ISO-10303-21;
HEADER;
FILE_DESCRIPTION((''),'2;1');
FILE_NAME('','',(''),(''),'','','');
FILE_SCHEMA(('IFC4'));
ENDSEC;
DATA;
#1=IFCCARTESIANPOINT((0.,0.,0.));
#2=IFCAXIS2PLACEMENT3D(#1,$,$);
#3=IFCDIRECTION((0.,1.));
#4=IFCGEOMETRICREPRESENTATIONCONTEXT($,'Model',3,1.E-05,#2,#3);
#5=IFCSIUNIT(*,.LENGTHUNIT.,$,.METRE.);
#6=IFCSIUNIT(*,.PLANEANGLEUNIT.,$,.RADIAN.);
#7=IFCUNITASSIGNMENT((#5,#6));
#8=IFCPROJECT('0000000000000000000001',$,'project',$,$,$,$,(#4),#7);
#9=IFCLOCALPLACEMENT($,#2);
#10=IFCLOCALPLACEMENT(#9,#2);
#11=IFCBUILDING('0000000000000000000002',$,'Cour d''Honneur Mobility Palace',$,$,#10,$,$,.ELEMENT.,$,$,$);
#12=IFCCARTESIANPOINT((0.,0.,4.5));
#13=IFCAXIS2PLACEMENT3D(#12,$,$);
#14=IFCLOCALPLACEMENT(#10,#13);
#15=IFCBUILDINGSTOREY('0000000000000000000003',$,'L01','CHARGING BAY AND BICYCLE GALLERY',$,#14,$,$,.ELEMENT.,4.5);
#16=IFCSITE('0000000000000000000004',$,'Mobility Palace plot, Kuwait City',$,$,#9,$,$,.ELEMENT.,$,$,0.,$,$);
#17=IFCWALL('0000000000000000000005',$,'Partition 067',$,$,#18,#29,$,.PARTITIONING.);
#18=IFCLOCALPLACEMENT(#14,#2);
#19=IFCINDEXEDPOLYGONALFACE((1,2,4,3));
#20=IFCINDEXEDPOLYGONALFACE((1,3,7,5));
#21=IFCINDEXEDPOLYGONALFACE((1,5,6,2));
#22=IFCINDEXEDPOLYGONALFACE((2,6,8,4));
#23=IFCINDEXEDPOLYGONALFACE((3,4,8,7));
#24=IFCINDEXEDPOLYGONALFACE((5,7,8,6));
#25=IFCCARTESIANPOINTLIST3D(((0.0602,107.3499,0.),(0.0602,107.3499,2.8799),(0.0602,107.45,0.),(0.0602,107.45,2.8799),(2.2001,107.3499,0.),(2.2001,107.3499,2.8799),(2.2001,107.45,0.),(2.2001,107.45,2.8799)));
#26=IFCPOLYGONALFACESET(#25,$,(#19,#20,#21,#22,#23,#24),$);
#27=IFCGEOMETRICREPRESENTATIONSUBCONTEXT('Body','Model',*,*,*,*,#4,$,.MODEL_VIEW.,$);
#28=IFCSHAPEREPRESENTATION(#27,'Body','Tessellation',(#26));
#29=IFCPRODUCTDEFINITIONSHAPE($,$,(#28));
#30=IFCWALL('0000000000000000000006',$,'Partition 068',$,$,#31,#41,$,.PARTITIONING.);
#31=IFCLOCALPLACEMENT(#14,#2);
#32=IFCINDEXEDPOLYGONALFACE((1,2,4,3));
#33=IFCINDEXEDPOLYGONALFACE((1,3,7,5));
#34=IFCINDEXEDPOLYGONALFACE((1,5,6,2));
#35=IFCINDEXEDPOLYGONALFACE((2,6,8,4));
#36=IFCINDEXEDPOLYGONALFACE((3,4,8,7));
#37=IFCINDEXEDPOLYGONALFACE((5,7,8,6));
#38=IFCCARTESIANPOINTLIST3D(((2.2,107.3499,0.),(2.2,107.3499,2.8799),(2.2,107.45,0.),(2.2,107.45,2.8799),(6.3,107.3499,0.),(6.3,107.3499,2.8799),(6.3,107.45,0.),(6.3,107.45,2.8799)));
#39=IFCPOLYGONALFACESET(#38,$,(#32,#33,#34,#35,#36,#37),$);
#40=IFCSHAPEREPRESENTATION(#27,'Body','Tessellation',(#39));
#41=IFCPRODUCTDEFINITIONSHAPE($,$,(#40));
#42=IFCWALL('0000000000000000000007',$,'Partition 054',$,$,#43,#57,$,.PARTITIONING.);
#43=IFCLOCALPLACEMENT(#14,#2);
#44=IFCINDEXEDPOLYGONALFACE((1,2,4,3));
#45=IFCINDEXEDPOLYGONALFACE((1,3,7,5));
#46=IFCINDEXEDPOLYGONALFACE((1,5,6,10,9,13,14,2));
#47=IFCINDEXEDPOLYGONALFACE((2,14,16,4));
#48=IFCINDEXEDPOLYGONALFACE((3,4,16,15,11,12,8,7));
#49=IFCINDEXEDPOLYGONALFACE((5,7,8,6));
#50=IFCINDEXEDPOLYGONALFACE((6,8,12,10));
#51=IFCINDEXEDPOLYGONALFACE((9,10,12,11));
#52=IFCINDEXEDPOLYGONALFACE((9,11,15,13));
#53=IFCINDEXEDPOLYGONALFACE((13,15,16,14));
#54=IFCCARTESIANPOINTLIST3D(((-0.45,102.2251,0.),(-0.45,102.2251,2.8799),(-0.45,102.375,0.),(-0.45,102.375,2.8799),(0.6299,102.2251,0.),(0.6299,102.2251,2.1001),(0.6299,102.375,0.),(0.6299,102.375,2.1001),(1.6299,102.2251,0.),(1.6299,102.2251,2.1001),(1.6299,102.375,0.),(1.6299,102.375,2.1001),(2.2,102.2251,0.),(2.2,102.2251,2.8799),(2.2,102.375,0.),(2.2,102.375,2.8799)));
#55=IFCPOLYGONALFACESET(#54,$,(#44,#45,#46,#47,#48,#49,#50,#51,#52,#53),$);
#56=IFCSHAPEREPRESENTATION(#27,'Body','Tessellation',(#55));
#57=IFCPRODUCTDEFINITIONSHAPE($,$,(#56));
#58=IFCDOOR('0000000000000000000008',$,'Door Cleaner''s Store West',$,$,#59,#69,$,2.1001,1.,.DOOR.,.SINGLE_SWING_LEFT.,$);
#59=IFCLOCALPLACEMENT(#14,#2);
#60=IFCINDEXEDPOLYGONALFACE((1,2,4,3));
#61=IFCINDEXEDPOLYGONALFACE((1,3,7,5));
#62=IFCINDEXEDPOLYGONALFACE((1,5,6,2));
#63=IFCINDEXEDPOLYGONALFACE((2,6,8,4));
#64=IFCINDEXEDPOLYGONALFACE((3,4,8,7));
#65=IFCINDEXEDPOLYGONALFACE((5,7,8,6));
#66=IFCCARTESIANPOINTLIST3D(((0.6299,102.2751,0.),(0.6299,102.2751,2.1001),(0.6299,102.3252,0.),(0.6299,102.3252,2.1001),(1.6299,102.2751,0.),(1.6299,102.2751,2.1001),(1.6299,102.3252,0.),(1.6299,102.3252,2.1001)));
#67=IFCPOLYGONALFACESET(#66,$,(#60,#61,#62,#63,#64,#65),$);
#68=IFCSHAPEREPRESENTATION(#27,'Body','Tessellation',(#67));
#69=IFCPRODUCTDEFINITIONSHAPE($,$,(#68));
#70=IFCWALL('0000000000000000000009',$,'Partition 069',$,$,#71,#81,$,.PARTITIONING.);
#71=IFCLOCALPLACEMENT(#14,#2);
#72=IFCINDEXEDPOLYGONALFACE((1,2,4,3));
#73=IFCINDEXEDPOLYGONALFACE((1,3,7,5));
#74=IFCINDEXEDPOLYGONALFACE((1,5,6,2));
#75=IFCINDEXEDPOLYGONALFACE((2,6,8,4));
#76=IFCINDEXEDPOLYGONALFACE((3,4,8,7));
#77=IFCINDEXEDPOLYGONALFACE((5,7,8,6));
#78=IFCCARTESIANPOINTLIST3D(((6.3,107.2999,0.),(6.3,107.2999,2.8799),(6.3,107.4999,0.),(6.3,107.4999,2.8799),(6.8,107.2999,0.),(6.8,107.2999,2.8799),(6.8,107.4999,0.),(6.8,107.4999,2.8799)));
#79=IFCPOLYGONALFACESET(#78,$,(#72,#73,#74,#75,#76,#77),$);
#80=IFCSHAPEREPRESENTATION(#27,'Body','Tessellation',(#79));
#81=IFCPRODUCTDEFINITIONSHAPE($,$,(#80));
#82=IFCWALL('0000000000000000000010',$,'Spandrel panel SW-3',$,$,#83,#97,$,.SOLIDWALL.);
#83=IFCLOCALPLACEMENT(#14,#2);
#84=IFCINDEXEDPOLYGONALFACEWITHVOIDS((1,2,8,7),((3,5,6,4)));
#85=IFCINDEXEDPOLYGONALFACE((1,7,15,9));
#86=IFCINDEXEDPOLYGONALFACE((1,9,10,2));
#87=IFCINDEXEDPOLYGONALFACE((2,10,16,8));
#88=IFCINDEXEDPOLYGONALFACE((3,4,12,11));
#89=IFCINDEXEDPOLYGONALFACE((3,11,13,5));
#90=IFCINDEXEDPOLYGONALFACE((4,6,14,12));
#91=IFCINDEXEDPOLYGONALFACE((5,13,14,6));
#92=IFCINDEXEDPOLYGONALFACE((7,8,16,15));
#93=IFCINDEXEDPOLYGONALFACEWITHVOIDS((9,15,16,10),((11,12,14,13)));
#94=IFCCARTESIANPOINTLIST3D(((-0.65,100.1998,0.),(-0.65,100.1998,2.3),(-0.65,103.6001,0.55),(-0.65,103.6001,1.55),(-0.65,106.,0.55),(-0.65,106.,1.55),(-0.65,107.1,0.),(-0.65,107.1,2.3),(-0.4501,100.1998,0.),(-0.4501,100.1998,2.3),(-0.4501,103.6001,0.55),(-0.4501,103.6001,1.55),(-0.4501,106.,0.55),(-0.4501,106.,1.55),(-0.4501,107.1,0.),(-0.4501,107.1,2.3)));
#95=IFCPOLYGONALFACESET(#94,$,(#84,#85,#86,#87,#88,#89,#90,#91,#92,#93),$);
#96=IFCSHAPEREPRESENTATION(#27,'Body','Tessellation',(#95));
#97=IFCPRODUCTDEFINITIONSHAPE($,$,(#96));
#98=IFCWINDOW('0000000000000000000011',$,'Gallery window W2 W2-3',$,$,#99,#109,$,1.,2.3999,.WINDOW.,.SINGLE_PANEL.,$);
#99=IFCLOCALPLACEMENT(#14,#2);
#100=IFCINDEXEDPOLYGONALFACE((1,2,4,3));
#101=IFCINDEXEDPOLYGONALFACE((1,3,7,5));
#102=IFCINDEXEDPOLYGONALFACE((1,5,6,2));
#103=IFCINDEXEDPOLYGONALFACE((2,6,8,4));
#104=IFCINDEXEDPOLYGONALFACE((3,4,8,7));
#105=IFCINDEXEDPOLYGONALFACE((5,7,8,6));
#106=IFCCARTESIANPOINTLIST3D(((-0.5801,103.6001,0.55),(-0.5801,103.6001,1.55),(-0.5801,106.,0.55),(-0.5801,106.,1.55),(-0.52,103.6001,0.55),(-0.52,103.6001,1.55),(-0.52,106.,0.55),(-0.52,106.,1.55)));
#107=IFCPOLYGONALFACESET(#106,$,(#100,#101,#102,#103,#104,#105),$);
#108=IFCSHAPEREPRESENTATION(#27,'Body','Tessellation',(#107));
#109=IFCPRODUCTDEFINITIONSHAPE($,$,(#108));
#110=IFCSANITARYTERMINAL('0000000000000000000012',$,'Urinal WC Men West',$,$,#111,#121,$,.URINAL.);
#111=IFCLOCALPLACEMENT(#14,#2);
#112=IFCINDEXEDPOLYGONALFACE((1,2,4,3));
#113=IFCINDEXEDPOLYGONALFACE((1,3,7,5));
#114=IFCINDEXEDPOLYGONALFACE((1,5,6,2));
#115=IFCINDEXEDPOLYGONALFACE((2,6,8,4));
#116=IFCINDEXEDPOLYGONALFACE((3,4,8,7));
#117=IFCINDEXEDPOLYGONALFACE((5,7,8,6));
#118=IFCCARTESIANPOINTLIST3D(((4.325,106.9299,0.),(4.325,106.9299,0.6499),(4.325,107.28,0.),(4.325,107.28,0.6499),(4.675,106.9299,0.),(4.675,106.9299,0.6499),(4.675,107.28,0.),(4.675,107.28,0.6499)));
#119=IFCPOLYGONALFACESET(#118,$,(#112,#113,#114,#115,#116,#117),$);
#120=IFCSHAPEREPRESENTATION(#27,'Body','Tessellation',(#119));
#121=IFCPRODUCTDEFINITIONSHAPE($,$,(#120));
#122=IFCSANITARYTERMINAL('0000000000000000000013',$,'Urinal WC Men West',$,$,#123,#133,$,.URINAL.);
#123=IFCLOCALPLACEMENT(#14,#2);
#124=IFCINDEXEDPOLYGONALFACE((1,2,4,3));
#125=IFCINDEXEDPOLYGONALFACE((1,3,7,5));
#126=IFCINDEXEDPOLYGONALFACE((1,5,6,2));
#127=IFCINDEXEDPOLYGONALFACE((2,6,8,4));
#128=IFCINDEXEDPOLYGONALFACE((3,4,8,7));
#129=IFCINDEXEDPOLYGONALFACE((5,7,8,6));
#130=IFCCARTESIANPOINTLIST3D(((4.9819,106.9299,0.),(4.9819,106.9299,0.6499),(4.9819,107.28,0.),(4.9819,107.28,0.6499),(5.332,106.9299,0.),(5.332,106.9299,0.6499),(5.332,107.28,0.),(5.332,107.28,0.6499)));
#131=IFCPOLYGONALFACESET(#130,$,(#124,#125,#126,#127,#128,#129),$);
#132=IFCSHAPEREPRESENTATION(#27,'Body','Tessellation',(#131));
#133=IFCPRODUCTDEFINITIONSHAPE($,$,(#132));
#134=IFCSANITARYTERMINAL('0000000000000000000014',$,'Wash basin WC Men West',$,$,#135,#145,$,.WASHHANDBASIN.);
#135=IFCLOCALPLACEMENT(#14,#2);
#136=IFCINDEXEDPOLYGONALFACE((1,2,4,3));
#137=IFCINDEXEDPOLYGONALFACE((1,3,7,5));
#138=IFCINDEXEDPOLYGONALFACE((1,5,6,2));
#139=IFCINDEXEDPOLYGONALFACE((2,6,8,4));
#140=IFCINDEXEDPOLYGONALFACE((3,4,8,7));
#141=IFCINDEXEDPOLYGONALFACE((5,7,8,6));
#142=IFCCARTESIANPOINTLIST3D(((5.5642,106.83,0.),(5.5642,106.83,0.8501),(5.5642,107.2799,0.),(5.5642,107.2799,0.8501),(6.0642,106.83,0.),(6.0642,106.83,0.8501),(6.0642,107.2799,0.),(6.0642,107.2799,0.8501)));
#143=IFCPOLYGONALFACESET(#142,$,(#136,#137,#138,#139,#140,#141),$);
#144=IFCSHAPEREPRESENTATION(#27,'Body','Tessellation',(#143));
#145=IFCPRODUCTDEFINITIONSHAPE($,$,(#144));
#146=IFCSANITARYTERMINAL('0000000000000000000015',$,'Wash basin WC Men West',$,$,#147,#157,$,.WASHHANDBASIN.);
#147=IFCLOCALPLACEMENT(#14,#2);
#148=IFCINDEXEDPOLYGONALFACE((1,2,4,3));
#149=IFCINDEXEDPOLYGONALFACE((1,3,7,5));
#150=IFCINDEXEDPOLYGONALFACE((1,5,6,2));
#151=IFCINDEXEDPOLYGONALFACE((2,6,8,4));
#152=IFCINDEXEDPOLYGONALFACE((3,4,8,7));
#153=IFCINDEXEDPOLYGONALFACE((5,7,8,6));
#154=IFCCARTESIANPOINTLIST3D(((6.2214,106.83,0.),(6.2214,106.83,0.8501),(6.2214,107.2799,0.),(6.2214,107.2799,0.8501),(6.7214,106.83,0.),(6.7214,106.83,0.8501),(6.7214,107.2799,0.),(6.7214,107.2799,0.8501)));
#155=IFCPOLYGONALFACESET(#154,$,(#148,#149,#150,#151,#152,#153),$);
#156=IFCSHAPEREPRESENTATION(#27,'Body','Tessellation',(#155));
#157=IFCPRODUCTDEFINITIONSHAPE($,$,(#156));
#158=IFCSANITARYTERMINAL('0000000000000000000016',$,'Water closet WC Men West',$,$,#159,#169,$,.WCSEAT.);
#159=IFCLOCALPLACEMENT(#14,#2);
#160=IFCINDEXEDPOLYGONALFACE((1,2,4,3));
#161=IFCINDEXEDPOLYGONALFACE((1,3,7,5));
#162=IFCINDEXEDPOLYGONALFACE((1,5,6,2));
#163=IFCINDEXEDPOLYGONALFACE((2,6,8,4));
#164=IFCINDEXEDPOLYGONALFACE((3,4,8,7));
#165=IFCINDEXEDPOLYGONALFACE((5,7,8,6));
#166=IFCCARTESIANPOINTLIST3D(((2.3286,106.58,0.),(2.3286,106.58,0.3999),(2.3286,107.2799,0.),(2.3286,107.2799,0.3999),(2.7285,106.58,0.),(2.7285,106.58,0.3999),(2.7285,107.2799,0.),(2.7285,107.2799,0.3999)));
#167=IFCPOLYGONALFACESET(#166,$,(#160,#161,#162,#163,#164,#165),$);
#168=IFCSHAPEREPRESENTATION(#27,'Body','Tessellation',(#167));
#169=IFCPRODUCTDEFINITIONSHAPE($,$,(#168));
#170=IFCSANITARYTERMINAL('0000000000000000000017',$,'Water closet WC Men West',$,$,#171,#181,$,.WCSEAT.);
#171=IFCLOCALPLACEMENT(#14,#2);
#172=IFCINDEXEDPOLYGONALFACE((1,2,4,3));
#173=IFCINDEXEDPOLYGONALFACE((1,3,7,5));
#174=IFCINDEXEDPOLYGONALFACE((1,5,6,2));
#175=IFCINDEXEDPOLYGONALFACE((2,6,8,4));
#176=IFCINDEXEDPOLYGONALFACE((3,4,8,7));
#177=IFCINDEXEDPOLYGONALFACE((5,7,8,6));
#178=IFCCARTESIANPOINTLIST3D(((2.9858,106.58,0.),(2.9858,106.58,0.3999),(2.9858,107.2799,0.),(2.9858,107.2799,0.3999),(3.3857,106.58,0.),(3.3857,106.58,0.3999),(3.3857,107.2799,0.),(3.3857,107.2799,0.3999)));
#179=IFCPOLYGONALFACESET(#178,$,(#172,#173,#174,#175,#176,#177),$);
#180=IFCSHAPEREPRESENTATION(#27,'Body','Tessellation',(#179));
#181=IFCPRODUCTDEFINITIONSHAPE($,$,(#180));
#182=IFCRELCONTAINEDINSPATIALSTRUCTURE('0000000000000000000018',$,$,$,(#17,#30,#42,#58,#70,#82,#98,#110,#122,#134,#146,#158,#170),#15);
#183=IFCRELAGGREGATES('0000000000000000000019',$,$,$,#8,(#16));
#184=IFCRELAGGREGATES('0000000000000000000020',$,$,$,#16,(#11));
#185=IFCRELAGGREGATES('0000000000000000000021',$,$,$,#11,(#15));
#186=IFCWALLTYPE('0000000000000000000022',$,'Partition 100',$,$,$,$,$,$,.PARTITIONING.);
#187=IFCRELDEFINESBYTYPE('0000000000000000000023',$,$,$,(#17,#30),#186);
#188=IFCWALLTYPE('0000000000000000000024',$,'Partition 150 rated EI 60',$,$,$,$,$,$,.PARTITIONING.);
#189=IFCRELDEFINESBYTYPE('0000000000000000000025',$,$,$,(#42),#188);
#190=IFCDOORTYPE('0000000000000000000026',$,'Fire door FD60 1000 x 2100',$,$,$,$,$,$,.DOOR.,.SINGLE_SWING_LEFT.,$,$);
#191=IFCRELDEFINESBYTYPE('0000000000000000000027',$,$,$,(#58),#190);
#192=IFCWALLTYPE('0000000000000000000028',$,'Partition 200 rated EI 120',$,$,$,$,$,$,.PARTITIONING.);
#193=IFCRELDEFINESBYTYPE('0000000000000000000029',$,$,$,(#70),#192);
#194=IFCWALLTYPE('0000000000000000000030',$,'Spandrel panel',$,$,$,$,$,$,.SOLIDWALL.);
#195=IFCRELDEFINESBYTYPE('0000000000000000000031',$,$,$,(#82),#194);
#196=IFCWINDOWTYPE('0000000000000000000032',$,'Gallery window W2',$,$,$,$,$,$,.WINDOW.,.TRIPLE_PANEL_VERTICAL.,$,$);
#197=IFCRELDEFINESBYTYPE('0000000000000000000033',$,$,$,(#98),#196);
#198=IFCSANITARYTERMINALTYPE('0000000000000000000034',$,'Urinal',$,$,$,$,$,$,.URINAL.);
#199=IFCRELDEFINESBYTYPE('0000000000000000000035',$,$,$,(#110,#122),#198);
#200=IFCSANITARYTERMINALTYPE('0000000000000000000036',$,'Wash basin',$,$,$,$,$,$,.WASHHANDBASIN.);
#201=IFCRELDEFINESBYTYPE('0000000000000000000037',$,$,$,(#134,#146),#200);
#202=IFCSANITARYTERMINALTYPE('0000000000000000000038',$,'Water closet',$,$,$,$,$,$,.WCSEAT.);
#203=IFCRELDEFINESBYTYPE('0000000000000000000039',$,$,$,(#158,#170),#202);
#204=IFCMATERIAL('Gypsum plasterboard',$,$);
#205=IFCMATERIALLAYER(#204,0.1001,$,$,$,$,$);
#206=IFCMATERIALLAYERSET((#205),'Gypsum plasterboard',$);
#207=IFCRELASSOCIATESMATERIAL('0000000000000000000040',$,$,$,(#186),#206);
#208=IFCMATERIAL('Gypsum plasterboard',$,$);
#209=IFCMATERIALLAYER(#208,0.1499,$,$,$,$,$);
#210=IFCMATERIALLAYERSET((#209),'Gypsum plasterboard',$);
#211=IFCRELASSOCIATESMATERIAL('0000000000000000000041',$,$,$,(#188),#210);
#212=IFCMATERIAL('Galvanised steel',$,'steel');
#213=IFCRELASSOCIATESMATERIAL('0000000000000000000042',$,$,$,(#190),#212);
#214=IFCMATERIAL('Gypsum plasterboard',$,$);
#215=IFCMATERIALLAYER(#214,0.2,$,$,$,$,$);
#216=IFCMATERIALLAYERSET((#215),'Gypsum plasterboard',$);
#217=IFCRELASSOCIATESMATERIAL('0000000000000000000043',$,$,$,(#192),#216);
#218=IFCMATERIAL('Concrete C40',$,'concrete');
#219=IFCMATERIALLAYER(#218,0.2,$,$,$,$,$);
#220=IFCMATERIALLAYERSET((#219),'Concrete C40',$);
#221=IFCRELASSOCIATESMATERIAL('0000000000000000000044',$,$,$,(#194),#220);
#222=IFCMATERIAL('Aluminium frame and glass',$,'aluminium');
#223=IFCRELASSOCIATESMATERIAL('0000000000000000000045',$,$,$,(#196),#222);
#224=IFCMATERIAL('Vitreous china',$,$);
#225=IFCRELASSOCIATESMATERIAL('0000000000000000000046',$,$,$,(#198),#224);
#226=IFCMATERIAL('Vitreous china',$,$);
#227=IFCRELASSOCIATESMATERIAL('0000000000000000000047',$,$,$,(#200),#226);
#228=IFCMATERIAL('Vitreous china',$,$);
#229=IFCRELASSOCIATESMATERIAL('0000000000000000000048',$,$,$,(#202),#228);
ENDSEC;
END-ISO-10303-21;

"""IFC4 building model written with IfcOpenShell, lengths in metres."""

from ifc_helpers import new_model, si_unit, direction, frame, frame_2d, origin, origin_2d, place, context, subcontext, project, spatial, rectangle, extrude, material, layer, layer_set, type_object, element, fill, save


model = new_model("IFC4")

# Units and contexts
model_context = context("Model", 3, precision=1e-05, world=origin(), true_north=direction((0.0, 1.0)))
body_context = subcontext(model_context, "Body", "Model", "MODEL_VIEW")
ifc_project = project(units=[si_unit("LENGTHUNIT", "METRE"), si_unit("PLANEANGLEUNIT", "RADIAN")], contexts=[model_context])

# Site, building, storey
site_placement = place(None, origin())
site = spatial("IfcSite", under=ifc_project, at=site_placement, Name="Mobility Palace plot, Kuwait City", CompositionType="ELEMENT", RefElevation=0.0)
building_placement = place(site_placement, origin())
building = spatial("IfcBuilding", under=site, at=building_placement, Name="Cour d'Honneur Mobility Palace", CompositionType="ELEMENT")
storey_placement = place(building_placement, frame((0.0, 0.0, 4.5)))
storey = spatial("IfcBuildingStorey", under=building, at=storey_placement, Name="L01", Description="CHARGING BAY AND BICYCLE GALLERY", CompositionType="ELEMENT", Elevation=4.5)

# Shared definitions
ifc_material_1 = material(Name="Gypsum plasterboard")
ifc_layer_1 = layer(ifc_material_1, 0.1001)
ifc_layer_set_1 = layer_set([ifc_layer_1], Name="Gypsum plasterboard")
wall_type_1 = type_object("IfcWallType", Name="Partition 100", PredefinedType="PARTITIONING", material=ifc_layer_set_1)

# Walls
wall_1_placement = place(storey_placement, frame((2.2, 107.3999, 0.0), z_axis=(0.0, 0.0, 1.0), x_axis=(-1.0, 0.0, 0.0)))
element("IfcWall", 1, at=wall_1_placement, inside=storey, type_object=wall_type_1, Name="Partition 067", PredefinedType="PARTITIONING", context=body_context, shape_type="SweptSolid", body=[
    extrude(rectangle(XDim=2.1399, YDim=0.1001, at=frame_2d((1.0698, 0.0))), origin(), (0.0, 0.0, 1.0), 2.8799),
])
wall_2_placement = place(storey_placement, frame((6.3, 107.3999, 0.0), z_axis=(0.0, 0.0, 1.0), x_axis=(-1.0, 0.0, 0.0)))
element("IfcWall", 2, at=wall_2_placement, inside=storey, type_object=wall_type_1, Name="Partition 068", PredefinedType="PARTITIONING", context=body_context, shape_type="SweptSolid", body=[
    extrude(rectangle(XDim=4.1001, YDim=0.1001, at=frame_2d((2.05, 0.0))), origin(), (0.0, 0.0, 1.0), 2.8799),
])

# Wall, opening, door
ifc_material_2 = material(Name="Gypsum plasterboard")
ifc_layer_2 = layer(ifc_material_2, 0.1499)
ifc_layer_set_2 = layer_set([ifc_layer_2], Name="Gypsum plasterboard")
wall_type_2 = type_object("IfcWallType", Name="Partition 150 rated EI 60", PredefinedType="PARTITIONING", material=ifc_layer_set_2)
wall_3_placement = place(storey_placement, frame((2.2, 102.3, 0.0), z_axis=(0.0, 0.0, 1.0), x_axis=(-1.0, 0.0, 0.0)))
wall_3 = element("IfcWall", 3, at=wall_3_placement, inside=storey, type_object=wall_type_2, Name="Partition 054", PredefinedType="PARTITIONING", context=body_context, shape_type="SweptSolid", body=[
    extrude(rectangle(XDim=2.6499, YDim=0.1499, at=frame_2d((1.325, 0.0))), origin(), (0.0, 0.0, 1.0), 2.8799),
])
opening_1_placement = place(wall_3_placement, frame((0.5701, 0.0, 0.0)))
opening_1 = element("IfcOpeningElement", 4, at=opening_1_placement, cuts=wall_3, PredefinedType="OPENING", context=body_context, shape_type="SweptSolid", body=[
    extrude(rectangle(XDim=1.0, YDim=2.1001, at=frame_2d((0.5, 1.05))), frame((0.0, 0.085, 0.0), z_axis=(0.0, -1.0, 0.0), x_axis=(1.0, 0.0, 0.0)), (0.0, 0.0, 1.0), 0.1699),
])
ifc_material_3 = material(Name="Galvanised steel", Category="steel")
door_type_1 = type_object("IfcDoorType", Name="Fire door FD60 1000 x 2100", OperationType="SINGLE_SWING_LEFT", PredefinedType="DOOR", material=ifc_material_3)
door_1_placement = place(opening_1_placement, origin())
door_1 = element("IfcDoor", 5, at=door_1_placement, inside=storey, type_object=door_type_1, Name="Door Cleaner's Store West", OperationType="SINGLE_SWING_LEFT", OverallHeight=2.1001, OverallWidth=1.0, PredefinedType="DOOR", context=body_context, shape_type="SweptSolid", body=[
    extrude(rectangle(XDim=1.0, YDim=2.1001, at=frame_2d((0.5, 1.05))), frame((0.0, 0.0249, 0.0), z_axis=(0.0, -1.0, 0.0), x_axis=(1.0, 0.0, 0.0)), (0.0, 0.0, 1.0), 0.05),
])
fill(opening_1, door_1)

# Wall
ifc_material_4 = material(Name="Gypsum plasterboard")
ifc_layer_3 = layer(ifc_material_4, 0.2)
ifc_layer_set_3 = layer_set([ifc_layer_3], Name="Gypsum plasterboard")
wall_type_3 = type_object("IfcWallType", Name="Partition 200 rated EI 120", PredefinedType="PARTITIONING", material=ifc_layer_set_3)
wall_4_placement = place(storey_placement, frame((6.3, 107.3999, 0.0), z_axis=(0.0, 0.0, 1.0), x_axis=(1.0, 0.0, 0.0)))
element("IfcWall", 6, at=wall_4_placement, inside=storey, type_object=wall_type_3, Name="Partition 069", PredefinedType="PARTITIONING", context=body_context, shape_type="SweptSolid", body=[
    extrude(rectangle(XDim=0.5, YDim=0.2, at=frame_2d((0.25, 0.0))), origin(), (0.0, 0.0, 1.0), 2.8799),
])

# Wall, opening, window
ifc_material_5 = material(Name="Concrete C40", Category="concrete")
ifc_layer_4 = layer(ifc_material_5, 0.2)
ifc_layer_set_4 = layer_set([ifc_layer_4], Name="Concrete C40")
wall_type_4 = type_object("IfcWallType", Name="Spandrel panel", PredefinedType="SOLIDWALL", material=ifc_layer_set_4)
wall_5_placement = place(storey_placement, frame((-0.55, 107.1001, 0.0), z_axis=(0.0, 0.0, 1.0), x_axis=(0.0, -1.0, 0.0)))
wall_5 = element("IfcWall", 7, at=wall_5_placement, inside=storey, type_object=wall_type_4, Name="Spandrel panel SW-3", PredefinedType="SOLIDWALL", context=body_context, shape_type="SweptSolid", body=[
    extrude(rectangle(XDim=6.9001, YDim=0.2, at=frame_2d((3.4502, 0.0))), origin(), (0.0, 0.0, 1.0), 2.3),
])
opening_2_placement = place(wall_5_placement, frame((1.1001, 0.0, 0.55)))
opening_2 = element("IfcOpeningElement", 8, at=opening_2_placement, cuts=wall_5, PredefinedType="OPENING", context=body_context, shape_type="SweptSolid", body=[
    extrude(rectangle(XDim=2.3999, YDim=1.0, at=frame_2d((1.2, 0.5))), frame((0.0, 0.1099, 0.0), z_axis=(0.0, -1.0, 0.0), x_axis=(1.0, 0.0, 0.0)), (0.0, 0.0, 1.0), 0.22),
])
ifc_material_6 = material(Name="Aluminium frame and glass", Category="aluminium")
window_type = type_object("IfcWindowType", Name="Gallery window W2", PartitioningType="TRIPLE_PANEL_VERTICAL", PredefinedType="WINDOW", material=ifc_material_6)
window_placement = place(opening_2_placement, origin())
window = element("IfcWindow", 9, at=window_placement, inside=storey, type_object=window_type, Name="Gallery window W2 W2-3", OverallHeight=1.0, OverallWidth=2.3999, PartitioningType="SINGLE_PANEL", PredefinedType="WINDOW", context=body_context, shape_type="SweptSolid", body=[
    extrude(rectangle(XDim=2.3999, YDim=1.0, at=frame_2d((1.2, 0.5))), frame((0.0, 0.03, 0.0), z_axis=(0.0, -1.0, 0.0), x_axis=(1.0, 0.0, 0.0)), (0.0, 0.0, 1.0), 0.0601),
])
fill(opening_2, window)

# Sanitary terminals
ifc_material_7 = material(Name="Vitreous china")
sanitary_terminal_type_1 = type_object("IfcSanitaryTerminalType", Name="Urinal", PredefinedType="URINAL", material=ifc_material_7)
for number, where, z_axis, x_axis, name in (
    (10, (4.5, 107.105, 0.0), (0.0, 0.0, 1.0), (1.0, 0.0, 0.0), "Urinal WC Men West"),
    (11, (5.157, 107.105, 0.0), (0.0, 0.0, 1.0), (1.0, 0.0, 0.0), "Urinal WC Men West"),
):
    element("IfcSanitaryTerminal", number, at=place(storey_placement, frame(where, z_axis=z_axis, x_axis=x_axis)), inside=storey, type_object=sanitary_terminal_type_1, Name=name, PredefinedType="URINAL", context=body_context, shape_type="SweptSolid", body=[
        extrude(rectangle(XDim=0.3501, YDim=0.3501, at=origin_2d()), origin(), (0.0, 0.0, 1.0), 0.6499),
    ])
ifc_material_8 = material(Name="Vitreous china")
sanitary_terminal_type_2 = type_object("IfcSanitaryTerminalType", Name="Wash basin", PredefinedType="WASHHANDBASIN", material=ifc_material_8)
for number, where, z_axis, x_axis, name in (
    (12, (5.8142, 107.0549, 0.0), (0.0, 0.0, 1.0), (1.0, 0.0, 0.0), "Wash basin WC Men West"),
    (13, (6.4714, 107.0549, 0.0), (0.0, 0.0, 1.0), (1.0, 0.0, 0.0), "Wash basin WC Men West"),
):
    element("IfcSanitaryTerminal", number, at=place(storey_placement, frame(where, z_axis=z_axis, x_axis=x_axis)), inside=storey, type_object=sanitary_terminal_type_2, Name=name, PredefinedType="WASHHANDBASIN", context=body_context, shape_type="SweptSolid", body=[
        extrude(rectangle(XDim=0.5, YDim=0.45, at=origin_2d()), origin(), (0.0, 0.0, 1.0), 0.8501),
    ])
ifc_material_9 = material(Name="Vitreous china")
sanitary_terminal_type_3 = type_object("IfcSanitaryTerminalType", Name="Water closet", PredefinedType="WCSEAT", material=ifc_material_9)
for number, where, z_axis, x_axis, name in (
    (14, (2.5286, 106.9299, 0.0), (0.0, 0.0, 1.0), (1.0, 0.0, 0.0), "Water closet WC Men West"),
    (15, (3.1858, 106.9299, 0.0), (0.0, 0.0, 1.0), (1.0, 0.0, 0.0), "Water closet WC Men West"),
):
    element("IfcSanitaryTerminal", number, at=place(storey_placement, frame(where, z_axis=z_axis, x_axis=x_axis)), inside=storey, type_object=sanitary_terminal_type_3, Name=name, PredefinedType="WCSEAT", context=body_context, shape_type="SweptSolid", body=[
        extrude(rectangle(XDim=0.3999, YDim=0.7, at=origin_2d()), origin(), (0.0, 0.0, 1.0), 0.3999),
    ])

save(model, "model.ifc")
